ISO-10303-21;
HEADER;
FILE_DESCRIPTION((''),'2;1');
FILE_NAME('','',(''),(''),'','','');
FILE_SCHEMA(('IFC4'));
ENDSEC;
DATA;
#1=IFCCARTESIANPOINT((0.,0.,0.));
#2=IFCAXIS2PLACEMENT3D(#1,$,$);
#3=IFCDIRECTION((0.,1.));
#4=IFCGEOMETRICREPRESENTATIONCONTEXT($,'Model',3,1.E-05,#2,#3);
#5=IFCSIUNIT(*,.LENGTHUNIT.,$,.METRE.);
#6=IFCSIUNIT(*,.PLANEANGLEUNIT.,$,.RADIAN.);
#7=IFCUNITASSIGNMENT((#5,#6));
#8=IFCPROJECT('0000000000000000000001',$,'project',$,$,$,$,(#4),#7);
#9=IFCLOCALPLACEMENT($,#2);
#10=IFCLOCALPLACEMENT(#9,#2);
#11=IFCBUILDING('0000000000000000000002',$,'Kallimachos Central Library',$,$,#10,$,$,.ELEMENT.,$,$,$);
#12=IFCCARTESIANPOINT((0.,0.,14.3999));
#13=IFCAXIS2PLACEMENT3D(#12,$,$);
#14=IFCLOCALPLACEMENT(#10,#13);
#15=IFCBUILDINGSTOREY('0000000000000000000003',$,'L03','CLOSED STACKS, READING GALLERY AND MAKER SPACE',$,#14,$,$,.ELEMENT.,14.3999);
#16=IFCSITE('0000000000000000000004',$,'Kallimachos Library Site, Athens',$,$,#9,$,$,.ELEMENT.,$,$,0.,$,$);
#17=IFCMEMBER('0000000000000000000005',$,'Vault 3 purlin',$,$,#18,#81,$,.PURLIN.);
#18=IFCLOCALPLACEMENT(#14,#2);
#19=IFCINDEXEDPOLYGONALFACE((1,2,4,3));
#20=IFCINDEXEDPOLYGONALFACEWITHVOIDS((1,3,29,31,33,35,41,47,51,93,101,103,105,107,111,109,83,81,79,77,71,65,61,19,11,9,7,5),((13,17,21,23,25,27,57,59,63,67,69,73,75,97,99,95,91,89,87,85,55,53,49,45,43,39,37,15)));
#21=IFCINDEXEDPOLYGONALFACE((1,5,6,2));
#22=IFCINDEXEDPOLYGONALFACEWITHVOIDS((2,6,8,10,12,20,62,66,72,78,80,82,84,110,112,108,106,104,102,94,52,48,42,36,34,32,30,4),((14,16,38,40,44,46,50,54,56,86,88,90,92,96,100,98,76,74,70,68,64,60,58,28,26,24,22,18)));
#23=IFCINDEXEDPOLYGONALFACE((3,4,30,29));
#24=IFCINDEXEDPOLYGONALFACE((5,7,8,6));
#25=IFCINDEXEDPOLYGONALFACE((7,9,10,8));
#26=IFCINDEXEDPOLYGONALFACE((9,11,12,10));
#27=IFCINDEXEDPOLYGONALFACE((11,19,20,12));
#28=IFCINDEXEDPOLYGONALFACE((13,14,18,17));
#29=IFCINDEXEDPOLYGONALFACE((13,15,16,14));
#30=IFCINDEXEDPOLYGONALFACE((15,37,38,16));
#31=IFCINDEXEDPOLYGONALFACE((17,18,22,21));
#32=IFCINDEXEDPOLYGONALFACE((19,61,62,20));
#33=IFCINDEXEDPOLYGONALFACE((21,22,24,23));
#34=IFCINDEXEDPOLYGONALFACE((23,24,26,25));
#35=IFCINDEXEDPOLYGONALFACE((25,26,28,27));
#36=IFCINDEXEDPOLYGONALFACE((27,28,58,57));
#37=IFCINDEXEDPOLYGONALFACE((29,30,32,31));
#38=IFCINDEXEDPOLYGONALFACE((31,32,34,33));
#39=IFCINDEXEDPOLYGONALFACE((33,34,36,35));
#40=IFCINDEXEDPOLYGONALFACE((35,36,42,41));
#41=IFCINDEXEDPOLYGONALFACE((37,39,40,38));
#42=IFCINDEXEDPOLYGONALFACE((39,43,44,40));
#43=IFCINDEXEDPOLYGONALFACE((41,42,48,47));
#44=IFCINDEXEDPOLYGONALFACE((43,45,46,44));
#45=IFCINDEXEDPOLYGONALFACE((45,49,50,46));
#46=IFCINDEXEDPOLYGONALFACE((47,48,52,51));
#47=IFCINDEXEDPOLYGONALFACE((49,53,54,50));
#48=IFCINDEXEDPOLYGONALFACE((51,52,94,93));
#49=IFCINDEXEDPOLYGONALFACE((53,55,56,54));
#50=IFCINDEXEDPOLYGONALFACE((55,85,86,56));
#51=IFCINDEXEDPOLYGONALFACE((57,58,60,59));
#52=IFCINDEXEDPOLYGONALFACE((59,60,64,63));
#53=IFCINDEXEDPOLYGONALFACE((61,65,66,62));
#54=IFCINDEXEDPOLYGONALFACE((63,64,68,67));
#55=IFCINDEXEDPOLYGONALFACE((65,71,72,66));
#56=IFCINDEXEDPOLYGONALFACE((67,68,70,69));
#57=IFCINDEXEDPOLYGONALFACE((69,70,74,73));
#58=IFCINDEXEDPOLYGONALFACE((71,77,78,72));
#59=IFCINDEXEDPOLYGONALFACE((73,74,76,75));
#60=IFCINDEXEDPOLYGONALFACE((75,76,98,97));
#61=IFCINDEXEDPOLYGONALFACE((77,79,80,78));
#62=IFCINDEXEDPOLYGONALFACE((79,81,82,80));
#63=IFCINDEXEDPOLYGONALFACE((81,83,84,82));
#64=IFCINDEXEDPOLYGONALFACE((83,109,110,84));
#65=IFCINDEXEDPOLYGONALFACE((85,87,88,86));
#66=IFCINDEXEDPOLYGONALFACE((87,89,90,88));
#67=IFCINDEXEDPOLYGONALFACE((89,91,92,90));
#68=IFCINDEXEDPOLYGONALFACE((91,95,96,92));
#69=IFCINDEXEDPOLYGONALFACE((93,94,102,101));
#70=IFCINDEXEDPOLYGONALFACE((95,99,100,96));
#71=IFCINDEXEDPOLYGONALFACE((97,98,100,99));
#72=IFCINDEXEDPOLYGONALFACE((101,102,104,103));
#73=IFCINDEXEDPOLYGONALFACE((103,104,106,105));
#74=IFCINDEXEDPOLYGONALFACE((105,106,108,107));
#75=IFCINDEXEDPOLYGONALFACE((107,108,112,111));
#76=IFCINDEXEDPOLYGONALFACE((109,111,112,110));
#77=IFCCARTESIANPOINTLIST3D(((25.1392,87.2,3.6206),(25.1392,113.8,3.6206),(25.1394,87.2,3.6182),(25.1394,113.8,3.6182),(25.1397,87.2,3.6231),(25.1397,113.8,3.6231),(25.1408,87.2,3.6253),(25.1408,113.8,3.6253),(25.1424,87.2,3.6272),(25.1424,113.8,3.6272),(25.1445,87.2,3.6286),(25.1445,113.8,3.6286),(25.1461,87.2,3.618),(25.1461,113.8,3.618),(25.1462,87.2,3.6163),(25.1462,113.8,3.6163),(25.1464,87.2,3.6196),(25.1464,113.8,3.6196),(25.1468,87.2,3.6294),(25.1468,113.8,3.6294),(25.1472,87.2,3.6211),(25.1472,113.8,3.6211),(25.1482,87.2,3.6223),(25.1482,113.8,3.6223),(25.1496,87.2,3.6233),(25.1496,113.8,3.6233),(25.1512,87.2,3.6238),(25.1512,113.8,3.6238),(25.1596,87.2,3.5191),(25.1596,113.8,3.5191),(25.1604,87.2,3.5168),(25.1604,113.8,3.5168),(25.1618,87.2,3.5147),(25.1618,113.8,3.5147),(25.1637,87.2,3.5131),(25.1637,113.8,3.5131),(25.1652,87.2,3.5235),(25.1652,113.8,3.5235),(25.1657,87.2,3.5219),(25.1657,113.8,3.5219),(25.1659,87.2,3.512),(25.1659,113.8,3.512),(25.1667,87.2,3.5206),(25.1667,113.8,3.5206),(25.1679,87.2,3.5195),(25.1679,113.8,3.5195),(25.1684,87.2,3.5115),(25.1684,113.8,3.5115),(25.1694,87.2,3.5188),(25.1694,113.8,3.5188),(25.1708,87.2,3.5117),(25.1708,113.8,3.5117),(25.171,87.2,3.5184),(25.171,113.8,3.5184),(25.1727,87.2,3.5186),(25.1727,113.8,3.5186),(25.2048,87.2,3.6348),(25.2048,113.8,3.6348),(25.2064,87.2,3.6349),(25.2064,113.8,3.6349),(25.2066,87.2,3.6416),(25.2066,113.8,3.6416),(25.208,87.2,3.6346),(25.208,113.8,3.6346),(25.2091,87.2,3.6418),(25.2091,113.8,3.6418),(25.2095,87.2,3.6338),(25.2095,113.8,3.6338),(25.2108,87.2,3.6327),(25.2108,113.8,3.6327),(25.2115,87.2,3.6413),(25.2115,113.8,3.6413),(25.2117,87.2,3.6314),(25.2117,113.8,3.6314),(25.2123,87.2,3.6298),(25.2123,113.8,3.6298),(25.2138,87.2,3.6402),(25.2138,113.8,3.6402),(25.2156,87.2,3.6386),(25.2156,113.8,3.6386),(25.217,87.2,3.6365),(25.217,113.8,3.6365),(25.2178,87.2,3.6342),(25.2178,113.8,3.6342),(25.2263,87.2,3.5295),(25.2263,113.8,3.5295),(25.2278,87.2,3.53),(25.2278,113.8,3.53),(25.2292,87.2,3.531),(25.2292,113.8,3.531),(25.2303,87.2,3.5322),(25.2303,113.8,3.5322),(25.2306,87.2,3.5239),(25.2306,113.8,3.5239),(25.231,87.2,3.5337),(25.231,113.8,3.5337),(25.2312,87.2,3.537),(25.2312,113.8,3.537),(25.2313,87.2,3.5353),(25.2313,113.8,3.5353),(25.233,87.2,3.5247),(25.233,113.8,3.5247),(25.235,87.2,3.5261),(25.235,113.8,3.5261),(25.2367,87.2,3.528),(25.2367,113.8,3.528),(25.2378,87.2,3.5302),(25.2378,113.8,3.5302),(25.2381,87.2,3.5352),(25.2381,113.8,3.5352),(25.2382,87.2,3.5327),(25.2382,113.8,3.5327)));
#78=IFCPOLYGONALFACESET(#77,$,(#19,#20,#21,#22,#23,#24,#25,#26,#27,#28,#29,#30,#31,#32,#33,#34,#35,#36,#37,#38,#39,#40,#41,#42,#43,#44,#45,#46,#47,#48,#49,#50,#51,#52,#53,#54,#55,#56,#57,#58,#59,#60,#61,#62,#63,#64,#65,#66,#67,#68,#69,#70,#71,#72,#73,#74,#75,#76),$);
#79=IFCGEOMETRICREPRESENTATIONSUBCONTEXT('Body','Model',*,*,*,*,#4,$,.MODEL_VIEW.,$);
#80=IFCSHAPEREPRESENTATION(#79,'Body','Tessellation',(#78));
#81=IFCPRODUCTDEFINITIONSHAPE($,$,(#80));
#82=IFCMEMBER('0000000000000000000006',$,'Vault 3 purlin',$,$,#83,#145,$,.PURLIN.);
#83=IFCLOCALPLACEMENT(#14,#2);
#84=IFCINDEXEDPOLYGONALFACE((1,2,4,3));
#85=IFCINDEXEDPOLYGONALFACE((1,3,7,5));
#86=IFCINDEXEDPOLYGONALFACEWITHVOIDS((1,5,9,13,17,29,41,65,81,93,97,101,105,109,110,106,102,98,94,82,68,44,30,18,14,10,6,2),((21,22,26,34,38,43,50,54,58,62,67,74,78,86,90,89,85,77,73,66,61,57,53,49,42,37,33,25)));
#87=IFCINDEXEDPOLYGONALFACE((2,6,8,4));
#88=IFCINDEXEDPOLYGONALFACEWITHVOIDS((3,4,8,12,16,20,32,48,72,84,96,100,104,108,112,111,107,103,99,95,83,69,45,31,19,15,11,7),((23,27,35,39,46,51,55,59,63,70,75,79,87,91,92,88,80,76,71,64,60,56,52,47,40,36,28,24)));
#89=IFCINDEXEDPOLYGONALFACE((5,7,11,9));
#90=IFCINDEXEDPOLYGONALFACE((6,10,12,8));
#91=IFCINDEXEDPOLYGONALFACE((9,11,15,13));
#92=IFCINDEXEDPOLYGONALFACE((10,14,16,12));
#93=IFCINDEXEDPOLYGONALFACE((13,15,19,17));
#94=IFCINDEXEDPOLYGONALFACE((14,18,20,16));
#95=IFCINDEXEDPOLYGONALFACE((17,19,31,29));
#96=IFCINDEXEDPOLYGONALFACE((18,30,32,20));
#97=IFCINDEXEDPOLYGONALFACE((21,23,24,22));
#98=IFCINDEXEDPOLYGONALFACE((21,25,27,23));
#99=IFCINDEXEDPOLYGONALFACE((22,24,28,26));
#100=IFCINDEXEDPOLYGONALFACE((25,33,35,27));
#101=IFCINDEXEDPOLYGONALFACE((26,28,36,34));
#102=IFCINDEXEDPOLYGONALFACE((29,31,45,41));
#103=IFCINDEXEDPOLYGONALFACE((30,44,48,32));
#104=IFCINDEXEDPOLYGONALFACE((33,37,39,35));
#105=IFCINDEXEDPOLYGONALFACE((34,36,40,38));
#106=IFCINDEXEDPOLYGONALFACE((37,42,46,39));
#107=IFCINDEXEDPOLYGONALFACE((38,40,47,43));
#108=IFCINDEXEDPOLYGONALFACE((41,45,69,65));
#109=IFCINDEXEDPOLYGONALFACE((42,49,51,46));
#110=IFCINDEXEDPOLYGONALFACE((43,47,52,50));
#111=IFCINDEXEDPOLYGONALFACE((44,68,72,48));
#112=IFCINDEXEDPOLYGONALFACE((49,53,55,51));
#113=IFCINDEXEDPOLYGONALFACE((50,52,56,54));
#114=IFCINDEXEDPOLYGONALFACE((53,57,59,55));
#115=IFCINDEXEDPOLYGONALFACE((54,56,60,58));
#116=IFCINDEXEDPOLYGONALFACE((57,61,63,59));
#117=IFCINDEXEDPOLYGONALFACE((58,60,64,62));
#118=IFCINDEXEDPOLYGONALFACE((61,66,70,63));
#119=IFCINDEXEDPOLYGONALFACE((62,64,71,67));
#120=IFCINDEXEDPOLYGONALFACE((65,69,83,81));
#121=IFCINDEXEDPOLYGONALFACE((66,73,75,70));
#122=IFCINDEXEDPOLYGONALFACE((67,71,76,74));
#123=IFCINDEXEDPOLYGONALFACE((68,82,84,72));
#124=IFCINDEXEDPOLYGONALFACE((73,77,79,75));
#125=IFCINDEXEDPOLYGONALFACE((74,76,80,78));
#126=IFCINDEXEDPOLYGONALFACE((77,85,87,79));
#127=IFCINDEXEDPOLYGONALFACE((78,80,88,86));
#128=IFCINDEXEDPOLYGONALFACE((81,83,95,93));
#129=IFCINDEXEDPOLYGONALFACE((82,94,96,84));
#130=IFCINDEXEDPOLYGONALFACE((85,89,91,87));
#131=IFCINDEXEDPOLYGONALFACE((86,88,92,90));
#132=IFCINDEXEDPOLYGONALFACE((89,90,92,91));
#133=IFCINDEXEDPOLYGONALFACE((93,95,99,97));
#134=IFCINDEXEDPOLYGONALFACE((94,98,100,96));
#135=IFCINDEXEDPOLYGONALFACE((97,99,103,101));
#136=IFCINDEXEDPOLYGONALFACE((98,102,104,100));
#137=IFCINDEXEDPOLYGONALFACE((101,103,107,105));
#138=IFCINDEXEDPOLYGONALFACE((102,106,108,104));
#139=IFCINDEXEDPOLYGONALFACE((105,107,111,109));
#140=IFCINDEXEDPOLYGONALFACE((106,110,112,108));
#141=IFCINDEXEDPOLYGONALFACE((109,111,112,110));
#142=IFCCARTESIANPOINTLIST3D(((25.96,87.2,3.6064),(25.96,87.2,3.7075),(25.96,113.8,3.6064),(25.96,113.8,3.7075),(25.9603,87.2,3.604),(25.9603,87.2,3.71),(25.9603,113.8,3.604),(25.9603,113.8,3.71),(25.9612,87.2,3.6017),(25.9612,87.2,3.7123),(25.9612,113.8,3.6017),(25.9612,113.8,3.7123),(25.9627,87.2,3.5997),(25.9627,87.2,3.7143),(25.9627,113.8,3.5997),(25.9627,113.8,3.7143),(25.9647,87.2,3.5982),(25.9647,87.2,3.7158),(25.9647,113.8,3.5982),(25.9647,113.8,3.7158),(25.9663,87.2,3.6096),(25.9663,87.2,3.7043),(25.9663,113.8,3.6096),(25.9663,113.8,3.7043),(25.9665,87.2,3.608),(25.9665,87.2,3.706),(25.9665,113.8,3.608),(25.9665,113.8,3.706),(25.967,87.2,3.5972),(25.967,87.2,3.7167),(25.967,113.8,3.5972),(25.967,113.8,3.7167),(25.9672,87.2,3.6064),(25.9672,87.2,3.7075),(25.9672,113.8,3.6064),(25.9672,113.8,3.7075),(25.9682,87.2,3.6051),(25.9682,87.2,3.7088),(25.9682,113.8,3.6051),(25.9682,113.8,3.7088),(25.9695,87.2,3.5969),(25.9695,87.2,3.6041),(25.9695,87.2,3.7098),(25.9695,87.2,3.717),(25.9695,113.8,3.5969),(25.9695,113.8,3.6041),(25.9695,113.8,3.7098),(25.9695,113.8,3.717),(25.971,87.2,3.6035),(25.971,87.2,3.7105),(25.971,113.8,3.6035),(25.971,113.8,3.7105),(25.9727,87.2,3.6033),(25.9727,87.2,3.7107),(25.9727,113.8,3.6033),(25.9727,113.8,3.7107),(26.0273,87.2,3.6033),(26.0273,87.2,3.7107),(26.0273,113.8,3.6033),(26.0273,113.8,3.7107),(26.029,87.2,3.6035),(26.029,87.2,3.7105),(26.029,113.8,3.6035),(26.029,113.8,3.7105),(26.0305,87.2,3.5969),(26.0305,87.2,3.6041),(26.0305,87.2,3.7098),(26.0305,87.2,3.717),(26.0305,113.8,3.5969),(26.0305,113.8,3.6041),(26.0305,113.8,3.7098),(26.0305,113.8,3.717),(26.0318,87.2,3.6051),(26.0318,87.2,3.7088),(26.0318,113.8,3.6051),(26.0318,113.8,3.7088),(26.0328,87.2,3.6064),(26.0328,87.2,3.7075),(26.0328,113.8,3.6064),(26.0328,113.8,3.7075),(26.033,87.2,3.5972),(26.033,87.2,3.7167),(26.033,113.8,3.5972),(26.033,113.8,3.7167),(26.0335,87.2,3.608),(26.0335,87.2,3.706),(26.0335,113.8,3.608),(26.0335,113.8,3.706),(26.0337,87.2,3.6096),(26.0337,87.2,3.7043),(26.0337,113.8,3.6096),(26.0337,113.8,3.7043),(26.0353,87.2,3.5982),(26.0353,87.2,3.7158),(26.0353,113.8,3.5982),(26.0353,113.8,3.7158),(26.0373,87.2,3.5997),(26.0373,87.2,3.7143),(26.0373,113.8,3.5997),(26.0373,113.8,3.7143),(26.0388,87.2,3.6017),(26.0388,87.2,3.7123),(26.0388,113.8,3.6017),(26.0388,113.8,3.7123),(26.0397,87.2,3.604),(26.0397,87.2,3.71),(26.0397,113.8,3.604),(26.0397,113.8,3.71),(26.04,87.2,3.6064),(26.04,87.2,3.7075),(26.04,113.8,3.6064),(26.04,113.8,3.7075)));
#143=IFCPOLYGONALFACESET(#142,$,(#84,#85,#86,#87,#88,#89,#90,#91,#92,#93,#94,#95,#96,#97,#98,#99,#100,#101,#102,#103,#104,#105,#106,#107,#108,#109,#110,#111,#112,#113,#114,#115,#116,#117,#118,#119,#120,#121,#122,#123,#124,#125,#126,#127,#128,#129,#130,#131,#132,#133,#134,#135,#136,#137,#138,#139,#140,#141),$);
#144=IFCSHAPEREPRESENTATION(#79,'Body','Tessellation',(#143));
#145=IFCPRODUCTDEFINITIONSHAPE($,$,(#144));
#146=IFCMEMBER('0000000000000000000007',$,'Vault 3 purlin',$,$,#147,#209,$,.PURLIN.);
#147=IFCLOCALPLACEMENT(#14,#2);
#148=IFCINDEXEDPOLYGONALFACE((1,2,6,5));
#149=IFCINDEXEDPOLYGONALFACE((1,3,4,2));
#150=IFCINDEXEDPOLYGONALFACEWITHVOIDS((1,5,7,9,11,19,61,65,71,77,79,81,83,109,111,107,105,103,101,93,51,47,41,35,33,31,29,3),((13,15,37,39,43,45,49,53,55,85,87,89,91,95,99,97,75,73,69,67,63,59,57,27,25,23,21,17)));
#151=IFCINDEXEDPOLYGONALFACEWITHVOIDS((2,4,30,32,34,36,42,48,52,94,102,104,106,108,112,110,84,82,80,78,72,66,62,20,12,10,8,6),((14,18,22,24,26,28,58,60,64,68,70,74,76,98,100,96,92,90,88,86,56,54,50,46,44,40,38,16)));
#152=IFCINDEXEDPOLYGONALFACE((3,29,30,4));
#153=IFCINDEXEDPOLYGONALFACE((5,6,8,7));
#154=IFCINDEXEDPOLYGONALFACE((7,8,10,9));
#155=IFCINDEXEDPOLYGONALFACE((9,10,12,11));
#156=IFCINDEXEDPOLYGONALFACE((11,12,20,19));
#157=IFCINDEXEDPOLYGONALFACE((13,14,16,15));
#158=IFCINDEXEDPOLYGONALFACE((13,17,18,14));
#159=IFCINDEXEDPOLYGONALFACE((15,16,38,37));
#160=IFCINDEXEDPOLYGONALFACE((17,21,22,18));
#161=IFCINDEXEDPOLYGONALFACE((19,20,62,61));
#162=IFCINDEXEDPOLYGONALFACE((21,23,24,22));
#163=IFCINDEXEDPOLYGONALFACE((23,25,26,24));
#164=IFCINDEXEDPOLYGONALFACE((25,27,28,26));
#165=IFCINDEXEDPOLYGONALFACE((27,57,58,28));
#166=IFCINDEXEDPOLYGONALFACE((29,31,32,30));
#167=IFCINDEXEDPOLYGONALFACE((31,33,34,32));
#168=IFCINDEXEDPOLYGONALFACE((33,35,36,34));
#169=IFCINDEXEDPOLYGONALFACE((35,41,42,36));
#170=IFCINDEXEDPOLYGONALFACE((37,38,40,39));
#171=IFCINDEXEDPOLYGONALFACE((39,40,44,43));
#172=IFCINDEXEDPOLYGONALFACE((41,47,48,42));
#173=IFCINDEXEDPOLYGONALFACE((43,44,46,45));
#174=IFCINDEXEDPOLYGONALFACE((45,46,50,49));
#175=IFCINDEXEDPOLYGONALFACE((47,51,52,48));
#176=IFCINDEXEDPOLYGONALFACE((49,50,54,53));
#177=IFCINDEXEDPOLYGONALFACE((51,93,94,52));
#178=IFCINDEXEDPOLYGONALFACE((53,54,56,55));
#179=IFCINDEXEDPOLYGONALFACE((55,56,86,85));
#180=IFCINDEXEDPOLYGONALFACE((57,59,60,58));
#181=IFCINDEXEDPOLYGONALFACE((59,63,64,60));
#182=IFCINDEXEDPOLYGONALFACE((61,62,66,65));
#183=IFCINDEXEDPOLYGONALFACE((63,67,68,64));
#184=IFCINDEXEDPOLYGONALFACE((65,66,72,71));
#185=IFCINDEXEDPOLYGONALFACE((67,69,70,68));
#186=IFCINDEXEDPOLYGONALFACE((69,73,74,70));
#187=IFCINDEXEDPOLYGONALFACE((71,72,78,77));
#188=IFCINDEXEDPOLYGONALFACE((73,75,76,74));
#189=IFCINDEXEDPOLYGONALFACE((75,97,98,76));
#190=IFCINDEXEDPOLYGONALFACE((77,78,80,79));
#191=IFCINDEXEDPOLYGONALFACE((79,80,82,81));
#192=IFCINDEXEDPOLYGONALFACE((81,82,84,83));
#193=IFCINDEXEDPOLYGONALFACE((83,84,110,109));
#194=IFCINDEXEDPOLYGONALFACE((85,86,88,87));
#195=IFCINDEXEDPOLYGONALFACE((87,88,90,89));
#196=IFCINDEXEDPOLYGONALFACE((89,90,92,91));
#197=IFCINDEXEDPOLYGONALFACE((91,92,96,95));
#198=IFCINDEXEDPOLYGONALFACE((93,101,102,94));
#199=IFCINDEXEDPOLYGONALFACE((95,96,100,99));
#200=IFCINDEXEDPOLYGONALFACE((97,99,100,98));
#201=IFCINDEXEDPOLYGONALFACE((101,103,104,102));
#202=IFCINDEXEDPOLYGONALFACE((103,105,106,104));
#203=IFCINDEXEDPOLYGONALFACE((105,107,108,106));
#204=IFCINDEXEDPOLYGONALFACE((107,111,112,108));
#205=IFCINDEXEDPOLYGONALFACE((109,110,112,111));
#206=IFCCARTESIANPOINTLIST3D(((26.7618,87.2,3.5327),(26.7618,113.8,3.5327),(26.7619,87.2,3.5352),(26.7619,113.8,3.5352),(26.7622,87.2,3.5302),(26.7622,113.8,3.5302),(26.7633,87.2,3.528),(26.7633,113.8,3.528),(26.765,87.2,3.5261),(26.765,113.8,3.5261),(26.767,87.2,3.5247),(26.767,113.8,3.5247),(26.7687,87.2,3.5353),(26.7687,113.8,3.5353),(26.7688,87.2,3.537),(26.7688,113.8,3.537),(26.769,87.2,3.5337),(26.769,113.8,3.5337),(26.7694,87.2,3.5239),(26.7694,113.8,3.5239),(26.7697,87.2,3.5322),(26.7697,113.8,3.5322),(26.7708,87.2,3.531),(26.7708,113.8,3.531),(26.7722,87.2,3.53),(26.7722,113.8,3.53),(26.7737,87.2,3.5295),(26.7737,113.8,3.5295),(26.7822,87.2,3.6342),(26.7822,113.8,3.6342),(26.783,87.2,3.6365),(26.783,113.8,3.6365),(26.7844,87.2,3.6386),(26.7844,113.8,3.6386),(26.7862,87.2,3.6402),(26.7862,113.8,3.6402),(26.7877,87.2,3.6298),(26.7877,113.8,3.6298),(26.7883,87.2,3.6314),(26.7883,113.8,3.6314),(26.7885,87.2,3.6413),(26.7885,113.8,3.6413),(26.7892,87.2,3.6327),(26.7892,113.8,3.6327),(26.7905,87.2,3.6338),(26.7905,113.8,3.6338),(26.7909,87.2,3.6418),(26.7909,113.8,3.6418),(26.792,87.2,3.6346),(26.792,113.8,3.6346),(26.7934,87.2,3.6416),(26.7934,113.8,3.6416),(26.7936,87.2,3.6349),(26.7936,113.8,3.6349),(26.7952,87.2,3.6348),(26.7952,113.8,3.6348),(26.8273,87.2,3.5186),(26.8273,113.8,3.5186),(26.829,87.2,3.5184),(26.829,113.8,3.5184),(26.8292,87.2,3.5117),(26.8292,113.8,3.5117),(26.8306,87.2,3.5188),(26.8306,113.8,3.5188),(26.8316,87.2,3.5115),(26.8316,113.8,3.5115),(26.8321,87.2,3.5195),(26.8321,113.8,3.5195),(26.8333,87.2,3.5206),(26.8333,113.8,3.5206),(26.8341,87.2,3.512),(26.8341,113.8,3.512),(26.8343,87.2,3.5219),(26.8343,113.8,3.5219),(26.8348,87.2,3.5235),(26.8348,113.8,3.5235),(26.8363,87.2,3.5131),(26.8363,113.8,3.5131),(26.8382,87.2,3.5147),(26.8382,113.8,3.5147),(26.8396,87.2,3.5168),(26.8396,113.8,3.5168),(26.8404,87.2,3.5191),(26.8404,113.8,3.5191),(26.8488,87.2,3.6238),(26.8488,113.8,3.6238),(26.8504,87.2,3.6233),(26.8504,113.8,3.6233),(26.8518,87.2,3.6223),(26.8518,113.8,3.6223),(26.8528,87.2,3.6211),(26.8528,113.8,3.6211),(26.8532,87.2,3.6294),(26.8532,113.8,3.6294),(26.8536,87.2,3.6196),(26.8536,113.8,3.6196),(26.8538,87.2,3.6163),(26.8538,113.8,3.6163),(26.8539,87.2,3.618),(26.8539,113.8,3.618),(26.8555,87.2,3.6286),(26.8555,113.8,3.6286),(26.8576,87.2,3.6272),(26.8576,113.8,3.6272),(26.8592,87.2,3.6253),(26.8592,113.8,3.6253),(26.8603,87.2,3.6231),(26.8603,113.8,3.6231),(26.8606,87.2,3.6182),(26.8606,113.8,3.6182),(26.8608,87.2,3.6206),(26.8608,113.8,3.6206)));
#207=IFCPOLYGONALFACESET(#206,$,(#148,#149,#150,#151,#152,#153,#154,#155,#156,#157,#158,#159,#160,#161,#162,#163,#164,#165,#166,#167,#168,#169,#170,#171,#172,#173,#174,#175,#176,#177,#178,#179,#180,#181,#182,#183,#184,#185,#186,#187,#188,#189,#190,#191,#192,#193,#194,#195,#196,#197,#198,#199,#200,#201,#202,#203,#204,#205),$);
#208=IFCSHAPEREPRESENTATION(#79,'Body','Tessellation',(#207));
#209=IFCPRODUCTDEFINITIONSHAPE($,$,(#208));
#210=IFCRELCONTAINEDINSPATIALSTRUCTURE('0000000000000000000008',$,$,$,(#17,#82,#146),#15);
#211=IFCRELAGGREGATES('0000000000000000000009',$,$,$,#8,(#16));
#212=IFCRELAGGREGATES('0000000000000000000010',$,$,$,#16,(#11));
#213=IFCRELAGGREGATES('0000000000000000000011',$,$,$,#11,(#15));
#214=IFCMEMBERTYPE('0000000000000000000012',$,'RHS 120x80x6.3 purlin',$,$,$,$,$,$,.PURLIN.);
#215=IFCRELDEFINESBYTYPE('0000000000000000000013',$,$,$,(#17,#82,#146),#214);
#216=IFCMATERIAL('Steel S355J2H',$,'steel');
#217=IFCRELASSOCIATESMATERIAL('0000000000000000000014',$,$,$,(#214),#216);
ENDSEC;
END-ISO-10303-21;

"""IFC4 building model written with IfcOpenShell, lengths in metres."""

from ifc_helpers import new_model, si_unit, direction, frame, origin, origin_2d, place, context, subcontext, project, spatial, hollow_rectangle, extrude, material, material_profile, profile_set, type_object, element, save


model = new_model("IFC4")

# Units and contexts
model_context = context("Model", 3, precision=1e-05, world=origin(), true_north=direction((0.0, 1.0)))
body_context = subcontext(model_context, "Body", "Model", "MODEL_VIEW")
ifc_project = project(units=[si_unit("LENGTHUNIT", "METRE"), si_unit("PLANEANGLEUNIT", "RADIAN")], contexts=[model_context])

# Site, building, storey
site_placement = place(None, origin())
site = spatial("IfcSite", under=ifc_project, at=site_placement, Name="Kallimachos Library Site, Athens", CompositionType="ELEMENT", RefElevation=0.0)
building_placement = place(site_placement, origin())
building = spatial("IfcBuilding", under=site, at=building_placement, Name="Kallimachos Central Library", CompositionType="ELEMENT")
storey_placement = place(building_placement, frame((0.0, 0.0, 14.3999)))
storey = spatial("IfcBuildingStorey", under=building, at=storey_placement, Name="L03", Description="CLOSED STACKS, READING GALLERY AND MAKER SPACE", CompositionType="ELEMENT", Elevation=14.3999)

# Members
ifc_material_1 = material(Name="Steel S355J2H", Category="steel")
ifc_material_profile = material_profile(ifc_material_1, hollow_rectangle(XDim=0.0801, YDim=0.1201, WallThickness=0.0063, InnerFilletRadius=0.0063, OuterFilletRadius=0.0095, at=origin_2d()), Name="RHS 120x80x6.3")
ifc_profile_set = profile_set([ifc_material_profile], Name="Steel S355J2H")
member_type = type_object("IfcMemberType", Name="RHS 120x80x6.3 purlin", PredefinedType="PURLIN", material=ifc_profile_set)
for number, where, z_axis, x_axis, name in (
    (1, (25.1887, 87.2, 3.5767), (0.0, 1.0, 0.0), (-0.979797, 0.0, -0.199994), "Vault 3 purlin"),
    (2, (26.0, 87.2, 3.657), (0.0, 1.0, 0.0), (-1.0, 0.0, 0.0), "Vault 3 purlin"),
    (3, (26.8113, 87.2, 3.5767), (0.0, 1.0, 0.0), (-0.979797, 0.0, 0.199994), "Vault 3 purlin"),
):
    element("IfcMember", number, at=place(storey_placement, frame(where, z_axis=z_axis, x_axis=x_axis)), inside=storey, type_object=member_type, Name=name, PredefinedType="PURLIN", context=body_context, shape_type="SweptSolid", body=[
        extrude(hollow_rectangle(XDim=0.0801, YDim=0.1201, WallThickness=0.0063, InnerFilletRadius=0.0063, OuterFilletRadius=0.0095, at=origin_2d()), origin(), (0.0, 0.0, 1.0), 26.6001),
    ])

save(model, "model.ifc")
